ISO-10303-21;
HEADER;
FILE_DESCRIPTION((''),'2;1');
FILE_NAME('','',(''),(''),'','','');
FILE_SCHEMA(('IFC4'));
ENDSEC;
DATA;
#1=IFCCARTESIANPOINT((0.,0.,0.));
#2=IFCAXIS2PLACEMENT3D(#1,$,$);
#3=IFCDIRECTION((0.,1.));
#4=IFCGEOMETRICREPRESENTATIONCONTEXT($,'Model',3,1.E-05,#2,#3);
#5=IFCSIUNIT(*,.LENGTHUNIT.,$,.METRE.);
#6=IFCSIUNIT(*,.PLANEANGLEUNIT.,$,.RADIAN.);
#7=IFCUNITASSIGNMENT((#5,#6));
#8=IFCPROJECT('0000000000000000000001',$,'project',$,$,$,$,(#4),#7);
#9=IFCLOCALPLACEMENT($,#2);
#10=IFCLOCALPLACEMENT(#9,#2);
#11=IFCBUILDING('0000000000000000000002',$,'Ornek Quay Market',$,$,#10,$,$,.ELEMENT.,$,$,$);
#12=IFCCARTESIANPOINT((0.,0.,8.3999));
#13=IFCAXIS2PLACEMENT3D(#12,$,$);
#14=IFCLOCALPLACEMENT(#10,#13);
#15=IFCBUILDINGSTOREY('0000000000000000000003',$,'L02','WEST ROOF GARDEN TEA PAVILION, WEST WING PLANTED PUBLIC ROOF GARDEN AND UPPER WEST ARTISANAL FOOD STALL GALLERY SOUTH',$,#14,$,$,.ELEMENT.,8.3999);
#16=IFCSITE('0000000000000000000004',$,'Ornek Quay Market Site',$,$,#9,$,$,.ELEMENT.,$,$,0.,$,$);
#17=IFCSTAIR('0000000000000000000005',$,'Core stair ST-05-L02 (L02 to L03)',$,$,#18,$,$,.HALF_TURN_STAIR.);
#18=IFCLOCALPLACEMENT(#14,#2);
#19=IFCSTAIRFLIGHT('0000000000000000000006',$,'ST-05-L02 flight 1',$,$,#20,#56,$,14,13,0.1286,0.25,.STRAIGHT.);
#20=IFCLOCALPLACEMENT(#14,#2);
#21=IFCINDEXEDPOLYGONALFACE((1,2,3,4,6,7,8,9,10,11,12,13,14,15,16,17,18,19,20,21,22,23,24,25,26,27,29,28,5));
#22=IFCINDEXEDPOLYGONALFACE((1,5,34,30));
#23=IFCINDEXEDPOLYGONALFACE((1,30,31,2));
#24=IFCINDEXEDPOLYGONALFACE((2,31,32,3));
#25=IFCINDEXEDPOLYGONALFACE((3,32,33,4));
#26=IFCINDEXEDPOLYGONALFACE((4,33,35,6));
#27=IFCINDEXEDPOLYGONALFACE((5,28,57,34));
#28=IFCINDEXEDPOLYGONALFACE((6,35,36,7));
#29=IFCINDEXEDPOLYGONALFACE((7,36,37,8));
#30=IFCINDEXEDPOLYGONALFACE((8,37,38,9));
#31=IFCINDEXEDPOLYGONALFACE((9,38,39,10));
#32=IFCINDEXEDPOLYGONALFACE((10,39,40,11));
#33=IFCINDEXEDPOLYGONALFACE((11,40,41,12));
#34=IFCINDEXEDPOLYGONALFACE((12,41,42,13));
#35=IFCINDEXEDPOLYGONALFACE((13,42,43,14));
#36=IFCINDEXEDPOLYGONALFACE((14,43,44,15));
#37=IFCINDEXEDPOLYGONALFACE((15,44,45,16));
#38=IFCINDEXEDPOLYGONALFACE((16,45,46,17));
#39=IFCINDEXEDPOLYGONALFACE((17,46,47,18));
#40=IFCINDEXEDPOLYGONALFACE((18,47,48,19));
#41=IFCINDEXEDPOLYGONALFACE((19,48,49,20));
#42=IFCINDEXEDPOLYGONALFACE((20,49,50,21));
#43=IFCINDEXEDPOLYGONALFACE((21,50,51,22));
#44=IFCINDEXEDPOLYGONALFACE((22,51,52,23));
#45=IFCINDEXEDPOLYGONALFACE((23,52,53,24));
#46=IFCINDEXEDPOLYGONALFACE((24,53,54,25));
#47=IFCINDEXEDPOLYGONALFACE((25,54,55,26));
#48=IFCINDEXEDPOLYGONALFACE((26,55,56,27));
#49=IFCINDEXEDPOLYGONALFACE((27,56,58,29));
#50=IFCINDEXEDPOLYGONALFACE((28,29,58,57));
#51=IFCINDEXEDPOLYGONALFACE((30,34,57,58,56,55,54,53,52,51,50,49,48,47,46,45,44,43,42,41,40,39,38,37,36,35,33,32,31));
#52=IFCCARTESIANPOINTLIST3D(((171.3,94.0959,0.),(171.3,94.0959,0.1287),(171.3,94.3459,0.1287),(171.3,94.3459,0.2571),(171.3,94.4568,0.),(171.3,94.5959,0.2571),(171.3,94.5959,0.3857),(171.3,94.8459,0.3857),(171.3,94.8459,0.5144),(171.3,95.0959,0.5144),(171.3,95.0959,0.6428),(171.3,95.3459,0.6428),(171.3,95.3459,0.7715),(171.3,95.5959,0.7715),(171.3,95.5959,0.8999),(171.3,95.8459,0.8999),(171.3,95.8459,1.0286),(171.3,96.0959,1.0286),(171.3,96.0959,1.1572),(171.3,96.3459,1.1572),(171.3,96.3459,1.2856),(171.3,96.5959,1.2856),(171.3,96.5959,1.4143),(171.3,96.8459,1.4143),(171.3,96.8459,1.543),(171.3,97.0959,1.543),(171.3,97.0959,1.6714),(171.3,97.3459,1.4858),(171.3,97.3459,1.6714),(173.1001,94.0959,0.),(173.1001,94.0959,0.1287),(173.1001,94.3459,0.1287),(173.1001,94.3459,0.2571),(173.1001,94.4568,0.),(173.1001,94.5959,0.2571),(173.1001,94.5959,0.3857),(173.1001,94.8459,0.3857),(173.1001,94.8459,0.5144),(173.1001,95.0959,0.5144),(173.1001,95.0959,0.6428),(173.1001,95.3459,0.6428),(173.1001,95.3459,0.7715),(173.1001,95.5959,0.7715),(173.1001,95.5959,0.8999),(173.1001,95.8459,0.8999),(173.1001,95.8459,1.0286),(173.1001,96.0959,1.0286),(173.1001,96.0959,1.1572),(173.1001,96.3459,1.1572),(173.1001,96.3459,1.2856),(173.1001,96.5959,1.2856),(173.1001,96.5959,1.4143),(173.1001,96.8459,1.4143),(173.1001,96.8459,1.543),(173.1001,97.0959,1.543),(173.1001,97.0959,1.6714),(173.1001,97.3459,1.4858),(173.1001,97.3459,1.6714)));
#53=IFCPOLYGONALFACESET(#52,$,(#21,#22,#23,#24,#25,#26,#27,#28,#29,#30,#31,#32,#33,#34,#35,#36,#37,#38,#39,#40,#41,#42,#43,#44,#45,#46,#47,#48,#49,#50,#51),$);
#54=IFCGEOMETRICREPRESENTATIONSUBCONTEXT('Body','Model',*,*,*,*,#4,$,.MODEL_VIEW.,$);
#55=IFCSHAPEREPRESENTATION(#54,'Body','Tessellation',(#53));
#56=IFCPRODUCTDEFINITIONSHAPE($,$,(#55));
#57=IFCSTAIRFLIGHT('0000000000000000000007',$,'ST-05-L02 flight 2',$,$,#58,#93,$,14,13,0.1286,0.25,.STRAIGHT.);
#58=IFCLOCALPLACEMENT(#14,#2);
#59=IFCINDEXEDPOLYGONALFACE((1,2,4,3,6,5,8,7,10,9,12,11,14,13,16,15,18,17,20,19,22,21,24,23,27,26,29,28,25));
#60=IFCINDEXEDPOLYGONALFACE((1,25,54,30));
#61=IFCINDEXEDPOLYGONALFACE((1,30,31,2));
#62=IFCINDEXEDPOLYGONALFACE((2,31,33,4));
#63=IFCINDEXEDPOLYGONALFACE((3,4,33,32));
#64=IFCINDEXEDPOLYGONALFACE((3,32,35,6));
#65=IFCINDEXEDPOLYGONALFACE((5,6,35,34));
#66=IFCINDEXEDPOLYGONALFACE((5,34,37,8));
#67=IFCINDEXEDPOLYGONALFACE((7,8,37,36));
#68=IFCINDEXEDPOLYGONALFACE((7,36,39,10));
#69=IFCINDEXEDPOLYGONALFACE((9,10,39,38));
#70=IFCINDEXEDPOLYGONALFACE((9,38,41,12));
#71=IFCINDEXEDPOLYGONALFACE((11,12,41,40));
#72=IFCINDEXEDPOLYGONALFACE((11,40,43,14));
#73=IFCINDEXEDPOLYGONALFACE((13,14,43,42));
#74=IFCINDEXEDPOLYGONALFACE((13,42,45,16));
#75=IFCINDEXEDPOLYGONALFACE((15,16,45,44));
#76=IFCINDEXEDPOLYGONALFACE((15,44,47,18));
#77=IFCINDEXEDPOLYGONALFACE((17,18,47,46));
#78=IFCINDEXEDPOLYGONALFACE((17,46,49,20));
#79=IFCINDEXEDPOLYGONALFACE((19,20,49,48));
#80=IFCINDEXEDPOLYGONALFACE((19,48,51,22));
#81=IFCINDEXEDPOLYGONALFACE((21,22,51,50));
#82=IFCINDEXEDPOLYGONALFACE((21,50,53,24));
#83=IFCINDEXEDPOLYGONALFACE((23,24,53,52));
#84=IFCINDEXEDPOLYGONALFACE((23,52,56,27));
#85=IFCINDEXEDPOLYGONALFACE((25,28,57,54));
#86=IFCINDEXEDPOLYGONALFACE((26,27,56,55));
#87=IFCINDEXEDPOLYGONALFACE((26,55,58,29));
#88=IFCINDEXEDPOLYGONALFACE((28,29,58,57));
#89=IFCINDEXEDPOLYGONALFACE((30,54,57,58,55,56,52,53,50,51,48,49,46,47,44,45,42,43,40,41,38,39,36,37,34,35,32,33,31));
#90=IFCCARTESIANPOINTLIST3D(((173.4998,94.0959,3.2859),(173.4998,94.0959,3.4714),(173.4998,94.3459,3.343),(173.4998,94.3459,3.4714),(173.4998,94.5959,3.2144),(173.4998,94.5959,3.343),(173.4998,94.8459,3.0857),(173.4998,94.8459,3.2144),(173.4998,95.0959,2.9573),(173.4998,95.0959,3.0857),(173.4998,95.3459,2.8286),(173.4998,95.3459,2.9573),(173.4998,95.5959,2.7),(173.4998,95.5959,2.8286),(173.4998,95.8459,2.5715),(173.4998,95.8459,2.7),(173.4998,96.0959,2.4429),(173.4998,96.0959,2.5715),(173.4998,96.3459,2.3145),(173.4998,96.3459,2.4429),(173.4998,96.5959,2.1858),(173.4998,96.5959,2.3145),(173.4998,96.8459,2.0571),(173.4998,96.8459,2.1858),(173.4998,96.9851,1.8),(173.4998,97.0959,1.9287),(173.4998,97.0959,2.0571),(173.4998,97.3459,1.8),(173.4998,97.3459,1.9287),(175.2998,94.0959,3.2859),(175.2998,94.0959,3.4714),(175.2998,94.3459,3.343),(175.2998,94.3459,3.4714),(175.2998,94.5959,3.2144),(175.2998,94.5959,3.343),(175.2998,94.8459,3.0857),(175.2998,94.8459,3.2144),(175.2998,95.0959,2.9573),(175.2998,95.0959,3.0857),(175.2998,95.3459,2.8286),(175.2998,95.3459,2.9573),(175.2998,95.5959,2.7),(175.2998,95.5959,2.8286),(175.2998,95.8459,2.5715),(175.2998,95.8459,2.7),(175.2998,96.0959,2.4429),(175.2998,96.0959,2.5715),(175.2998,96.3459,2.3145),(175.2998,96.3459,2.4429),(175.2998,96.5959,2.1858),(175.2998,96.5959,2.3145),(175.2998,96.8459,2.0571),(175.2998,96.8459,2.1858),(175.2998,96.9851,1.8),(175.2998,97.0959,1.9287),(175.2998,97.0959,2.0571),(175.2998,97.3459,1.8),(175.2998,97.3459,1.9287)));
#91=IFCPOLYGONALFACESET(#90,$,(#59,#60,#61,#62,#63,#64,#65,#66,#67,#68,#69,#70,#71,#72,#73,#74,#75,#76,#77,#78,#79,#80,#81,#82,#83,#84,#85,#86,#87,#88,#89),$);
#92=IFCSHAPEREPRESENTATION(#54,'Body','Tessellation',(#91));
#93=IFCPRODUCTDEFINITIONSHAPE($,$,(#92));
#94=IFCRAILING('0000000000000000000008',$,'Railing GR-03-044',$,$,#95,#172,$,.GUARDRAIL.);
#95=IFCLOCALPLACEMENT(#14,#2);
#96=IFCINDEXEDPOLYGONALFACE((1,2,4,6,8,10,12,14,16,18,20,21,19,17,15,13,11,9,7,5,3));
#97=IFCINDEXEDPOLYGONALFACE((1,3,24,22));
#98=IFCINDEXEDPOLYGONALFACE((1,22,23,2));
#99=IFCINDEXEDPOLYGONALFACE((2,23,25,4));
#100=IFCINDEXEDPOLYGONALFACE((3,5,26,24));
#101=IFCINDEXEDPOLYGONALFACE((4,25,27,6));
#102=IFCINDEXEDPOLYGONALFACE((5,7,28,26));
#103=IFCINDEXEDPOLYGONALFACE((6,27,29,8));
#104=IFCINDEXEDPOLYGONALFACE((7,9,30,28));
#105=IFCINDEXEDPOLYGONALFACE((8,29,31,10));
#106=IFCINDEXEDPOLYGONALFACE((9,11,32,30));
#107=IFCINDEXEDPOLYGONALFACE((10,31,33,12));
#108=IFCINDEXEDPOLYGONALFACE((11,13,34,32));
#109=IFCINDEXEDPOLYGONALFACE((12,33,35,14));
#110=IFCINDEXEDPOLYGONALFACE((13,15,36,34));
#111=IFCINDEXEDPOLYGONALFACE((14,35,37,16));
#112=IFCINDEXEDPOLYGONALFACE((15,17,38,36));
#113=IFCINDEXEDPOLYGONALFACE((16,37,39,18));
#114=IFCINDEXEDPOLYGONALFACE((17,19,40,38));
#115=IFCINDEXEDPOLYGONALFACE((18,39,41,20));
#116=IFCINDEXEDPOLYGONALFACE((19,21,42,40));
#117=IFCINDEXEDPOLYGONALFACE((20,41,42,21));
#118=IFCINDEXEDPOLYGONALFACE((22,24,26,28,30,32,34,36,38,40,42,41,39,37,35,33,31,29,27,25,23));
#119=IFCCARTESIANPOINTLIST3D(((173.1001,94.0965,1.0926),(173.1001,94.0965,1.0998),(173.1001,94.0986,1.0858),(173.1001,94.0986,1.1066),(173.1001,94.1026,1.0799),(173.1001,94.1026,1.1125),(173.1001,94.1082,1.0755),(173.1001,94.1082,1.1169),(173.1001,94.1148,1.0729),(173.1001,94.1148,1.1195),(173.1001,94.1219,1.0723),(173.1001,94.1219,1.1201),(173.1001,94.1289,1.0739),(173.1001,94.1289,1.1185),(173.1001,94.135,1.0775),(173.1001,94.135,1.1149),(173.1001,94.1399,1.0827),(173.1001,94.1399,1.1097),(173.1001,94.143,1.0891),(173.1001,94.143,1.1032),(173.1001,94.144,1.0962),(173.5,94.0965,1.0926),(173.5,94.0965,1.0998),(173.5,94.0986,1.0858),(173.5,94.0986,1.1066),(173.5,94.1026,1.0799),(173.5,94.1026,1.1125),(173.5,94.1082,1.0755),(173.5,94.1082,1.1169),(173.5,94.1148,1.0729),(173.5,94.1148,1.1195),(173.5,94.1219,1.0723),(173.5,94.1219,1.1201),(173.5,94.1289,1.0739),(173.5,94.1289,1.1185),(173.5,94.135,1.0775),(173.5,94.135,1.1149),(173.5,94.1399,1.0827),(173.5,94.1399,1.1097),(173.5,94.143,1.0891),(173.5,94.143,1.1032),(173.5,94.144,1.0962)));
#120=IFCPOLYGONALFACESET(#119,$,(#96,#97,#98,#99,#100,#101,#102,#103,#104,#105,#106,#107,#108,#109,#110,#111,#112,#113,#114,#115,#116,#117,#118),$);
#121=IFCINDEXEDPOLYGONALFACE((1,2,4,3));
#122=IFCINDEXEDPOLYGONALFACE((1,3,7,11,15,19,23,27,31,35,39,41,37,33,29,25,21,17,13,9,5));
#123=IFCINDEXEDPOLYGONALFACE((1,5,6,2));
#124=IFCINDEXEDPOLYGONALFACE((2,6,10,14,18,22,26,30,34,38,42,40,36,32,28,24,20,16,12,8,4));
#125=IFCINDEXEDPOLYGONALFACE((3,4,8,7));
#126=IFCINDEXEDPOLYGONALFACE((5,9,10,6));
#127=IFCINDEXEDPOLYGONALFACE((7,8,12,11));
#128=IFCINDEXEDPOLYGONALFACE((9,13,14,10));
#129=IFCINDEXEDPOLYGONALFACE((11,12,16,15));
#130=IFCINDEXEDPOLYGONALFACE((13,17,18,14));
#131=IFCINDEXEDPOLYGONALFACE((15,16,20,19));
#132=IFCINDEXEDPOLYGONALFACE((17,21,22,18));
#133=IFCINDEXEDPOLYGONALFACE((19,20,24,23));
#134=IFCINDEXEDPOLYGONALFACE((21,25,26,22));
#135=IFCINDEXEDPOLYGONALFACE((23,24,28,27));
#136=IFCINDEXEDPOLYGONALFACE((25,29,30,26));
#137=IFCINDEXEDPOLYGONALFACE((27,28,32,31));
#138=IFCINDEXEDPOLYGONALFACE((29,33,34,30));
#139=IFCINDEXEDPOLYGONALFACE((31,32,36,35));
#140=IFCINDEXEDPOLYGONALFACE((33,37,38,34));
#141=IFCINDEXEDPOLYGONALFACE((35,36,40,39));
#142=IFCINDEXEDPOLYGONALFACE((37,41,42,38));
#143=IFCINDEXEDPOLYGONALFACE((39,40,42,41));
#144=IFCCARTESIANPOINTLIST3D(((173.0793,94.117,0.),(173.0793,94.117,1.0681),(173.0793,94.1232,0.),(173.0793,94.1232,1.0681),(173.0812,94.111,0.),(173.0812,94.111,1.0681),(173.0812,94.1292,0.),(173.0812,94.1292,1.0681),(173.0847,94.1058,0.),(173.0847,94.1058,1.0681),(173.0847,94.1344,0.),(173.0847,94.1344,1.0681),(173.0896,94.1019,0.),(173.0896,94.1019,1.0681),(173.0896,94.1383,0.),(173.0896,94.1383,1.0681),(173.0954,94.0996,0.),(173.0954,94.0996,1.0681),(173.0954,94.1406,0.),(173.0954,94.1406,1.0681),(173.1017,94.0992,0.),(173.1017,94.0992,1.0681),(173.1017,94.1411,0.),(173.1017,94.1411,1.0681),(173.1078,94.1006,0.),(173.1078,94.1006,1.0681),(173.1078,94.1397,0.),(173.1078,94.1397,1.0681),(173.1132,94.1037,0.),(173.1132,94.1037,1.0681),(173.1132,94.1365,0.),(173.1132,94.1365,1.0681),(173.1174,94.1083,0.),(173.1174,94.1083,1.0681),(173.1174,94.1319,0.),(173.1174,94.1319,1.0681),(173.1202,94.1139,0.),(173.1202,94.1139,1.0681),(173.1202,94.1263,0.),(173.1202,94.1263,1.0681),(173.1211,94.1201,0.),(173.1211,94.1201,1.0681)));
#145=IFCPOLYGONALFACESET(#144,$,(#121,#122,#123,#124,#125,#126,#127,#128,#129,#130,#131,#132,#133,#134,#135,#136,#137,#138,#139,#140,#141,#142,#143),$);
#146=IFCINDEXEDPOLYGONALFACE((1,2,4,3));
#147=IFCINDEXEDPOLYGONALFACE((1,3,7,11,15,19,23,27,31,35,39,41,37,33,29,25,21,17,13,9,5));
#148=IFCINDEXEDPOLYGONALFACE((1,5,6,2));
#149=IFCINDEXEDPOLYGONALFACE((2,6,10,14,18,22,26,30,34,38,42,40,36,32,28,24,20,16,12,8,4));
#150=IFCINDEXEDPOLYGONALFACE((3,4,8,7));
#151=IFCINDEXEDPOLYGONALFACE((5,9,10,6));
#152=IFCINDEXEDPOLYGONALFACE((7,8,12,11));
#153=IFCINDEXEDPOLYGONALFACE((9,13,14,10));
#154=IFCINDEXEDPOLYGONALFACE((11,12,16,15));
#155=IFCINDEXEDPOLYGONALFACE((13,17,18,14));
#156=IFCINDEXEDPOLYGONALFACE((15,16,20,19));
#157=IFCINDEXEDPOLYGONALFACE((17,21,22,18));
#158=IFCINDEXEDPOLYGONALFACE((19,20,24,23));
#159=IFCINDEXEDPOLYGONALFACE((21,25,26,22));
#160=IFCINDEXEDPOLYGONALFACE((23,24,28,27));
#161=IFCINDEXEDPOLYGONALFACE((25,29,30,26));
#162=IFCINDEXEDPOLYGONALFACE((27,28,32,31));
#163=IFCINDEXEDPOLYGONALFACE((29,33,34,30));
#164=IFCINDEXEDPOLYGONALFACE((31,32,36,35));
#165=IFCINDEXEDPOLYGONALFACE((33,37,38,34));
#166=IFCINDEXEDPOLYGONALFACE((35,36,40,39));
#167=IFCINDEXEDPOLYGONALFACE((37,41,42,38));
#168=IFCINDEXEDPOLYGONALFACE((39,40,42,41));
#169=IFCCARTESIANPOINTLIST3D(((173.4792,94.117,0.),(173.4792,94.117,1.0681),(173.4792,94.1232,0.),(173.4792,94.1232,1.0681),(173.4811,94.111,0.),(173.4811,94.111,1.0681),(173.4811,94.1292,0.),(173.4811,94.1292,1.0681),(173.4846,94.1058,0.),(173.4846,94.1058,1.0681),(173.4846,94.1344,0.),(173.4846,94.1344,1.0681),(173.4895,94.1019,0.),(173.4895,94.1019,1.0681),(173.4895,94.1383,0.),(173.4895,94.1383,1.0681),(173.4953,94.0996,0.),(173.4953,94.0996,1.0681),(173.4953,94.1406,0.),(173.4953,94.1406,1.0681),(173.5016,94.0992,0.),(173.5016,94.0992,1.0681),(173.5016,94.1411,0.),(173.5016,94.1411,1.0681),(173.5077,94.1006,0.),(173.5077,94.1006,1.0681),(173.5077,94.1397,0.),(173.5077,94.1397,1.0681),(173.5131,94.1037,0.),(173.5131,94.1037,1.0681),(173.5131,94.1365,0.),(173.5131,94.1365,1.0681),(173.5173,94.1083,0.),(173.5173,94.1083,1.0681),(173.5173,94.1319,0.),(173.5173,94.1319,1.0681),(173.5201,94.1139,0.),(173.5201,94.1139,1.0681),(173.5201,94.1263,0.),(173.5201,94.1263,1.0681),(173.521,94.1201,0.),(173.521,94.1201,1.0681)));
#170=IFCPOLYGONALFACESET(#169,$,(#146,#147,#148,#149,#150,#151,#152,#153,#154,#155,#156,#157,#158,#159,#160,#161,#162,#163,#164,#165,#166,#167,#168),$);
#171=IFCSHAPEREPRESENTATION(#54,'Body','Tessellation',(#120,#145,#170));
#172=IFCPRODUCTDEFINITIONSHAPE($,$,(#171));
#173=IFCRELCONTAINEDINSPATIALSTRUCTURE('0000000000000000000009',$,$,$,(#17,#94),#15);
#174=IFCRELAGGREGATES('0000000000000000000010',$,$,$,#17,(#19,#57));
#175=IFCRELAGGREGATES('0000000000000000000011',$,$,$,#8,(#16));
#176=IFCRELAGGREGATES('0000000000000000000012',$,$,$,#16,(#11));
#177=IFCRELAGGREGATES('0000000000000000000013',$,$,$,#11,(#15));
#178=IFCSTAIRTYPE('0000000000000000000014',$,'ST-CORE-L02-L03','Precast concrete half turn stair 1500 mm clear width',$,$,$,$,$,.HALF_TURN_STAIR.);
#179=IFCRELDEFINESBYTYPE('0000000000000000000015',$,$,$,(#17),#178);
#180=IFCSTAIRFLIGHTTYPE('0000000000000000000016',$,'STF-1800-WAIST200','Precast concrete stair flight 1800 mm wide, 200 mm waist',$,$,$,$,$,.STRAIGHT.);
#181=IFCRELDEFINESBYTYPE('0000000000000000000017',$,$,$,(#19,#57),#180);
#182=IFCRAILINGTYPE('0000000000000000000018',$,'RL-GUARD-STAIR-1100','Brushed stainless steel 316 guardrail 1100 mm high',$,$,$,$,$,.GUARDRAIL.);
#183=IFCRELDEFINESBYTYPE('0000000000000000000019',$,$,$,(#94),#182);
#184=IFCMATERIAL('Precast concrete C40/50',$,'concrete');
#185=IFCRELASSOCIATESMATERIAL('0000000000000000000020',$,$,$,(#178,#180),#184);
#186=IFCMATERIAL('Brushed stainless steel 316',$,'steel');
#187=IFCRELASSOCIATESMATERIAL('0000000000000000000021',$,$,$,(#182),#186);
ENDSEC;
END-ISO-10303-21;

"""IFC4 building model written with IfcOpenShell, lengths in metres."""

from ifc_helpers import new_model, si_unit, direction, frame, origin, origin_2d, place, context, subcontext, project, spatial, polyline, circle, outline, extrude, material, type_object, element, aggregate, save


model = new_model("IFC4")

# Units and contexts
model_context = context("Model", 3, precision=1e-05, world=origin(), true_north=direction((0.0, 1.0)))
body_context = subcontext(model_context, "Body", "Model", "MODEL_VIEW")
ifc_project = project(units=[si_unit("LENGTHUNIT", "METRE"), si_unit("PLANEANGLEUNIT", "RADIAN")], contexts=[model_context])

# Site, building, storey
site_placement = place(None, origin())
site = spatial("IfcSite", under=ifc_project, at=site_placement, Name="Ornek Quay Market Site", CompositionType="ELEMENT", RefElevation=0.0)
building_placement = place(site_placement, origin())
building = spatial("IfcBuilding", under=site, at=building_placement, Name="Ornek Quay Market", CompositionType="ELEMENT")
storey_placement = place(building_placement, frame((0.0, 0.0, 8.3999)))
storey = spatial("IfcBuildingStorey", under=building, at=storey_placement, Name="L02", Description="WEST ROOF GARDEN TEA PAVILION, WEST WING PLANTED PUBLIC ROOF GARDEN AND UPPER WEST ARTISANAL FOOD STALL GALLERY SOUTH", CompositionType="ELEMENT", Elevation=8.3999)

# Stair, stair flights
ifc_material_1 = material(Name="Precast concrete C40/50", Category="concrete")
stair_type = type_object("IfcStairType", Name="ST-CORE-L02-L03", Description="Precast concrete half turn stair 1500 mm clear width", PredefinedType="HALF_TURN_STAIR", material=ifc_material_1)
stair_placement = place(storey_placement, origin())
stair = element("IfcStair", 1, at=stair_placement, inside=storey, type_object=stair_type, Name="Core stair ST-05-L02 (L02 to L03)", PredefinedType="HALF_TURN_STAIR")
stair_flight_type = type_object("IfcStairFlightType", Name="STF-1800-WAIST200", Description="Precast concrete stair flight 1800 mm wide, 200 mm waist", PredefinedType="STRAIGHT", material=ifc_material_1)
stair_flight_1_placement = place(storey_placement, frame((172.2, 94.0959, 0.0), z_axis=(0.0, 0.0, 1.0), x_axis=(0.0, 1.0, 0.0)))
stair_flight_1 = element("IfcStairFlight", 2, at=stair_flight_1_placement, type_object=stair_flight_type, Name="ST-05-L02 flight 1", NumberOfRisers=14, NumberOfTreads=13, PredefinedType="STRAIGHT", RiserHeight=0.1286, TreadLength=0.25, context=body_context, shape_type="SweptSolid", body=[
    extrude(outline(polyline([(0.0, 0.0), (0.0, 0.1287), (0.25, 0.1287), (0.25, 0.2571), (0.5, 0.2571), (0.5, 0.3857), (0.75, 0.3857), (0.75, 0.5144), (1.0, 0.5144), (1.0, 0.6428), (1.25, 0.6428), (1.25, 0.7715), (1.5, 0.7715), (1.5, 0.8999), (1.75, 0.8999), (1.75, 1.0286), (2.0, 1.0286), (2.0, 1.1572), (2.25, 1.1572), (2.25, 1.2856), (2.5, 1.2856), (2.5, 1.4143), (2.75, 1.4143), (2.75, 1.543), (3.0, 1.543), (3.0, 1.6714), (3.25, 1.6714), (3.25, 1.8), (3.25, 1.4858), (0.3608, 0.0), (0.0, 0.0)])), frame((0.0, 0.8999, 0.0), z_axis=(0.0, -1.0, 0.0), x_axis=(1.0, 0.0, 0.0)), (0.0, 0.0, 1.0), 1.8),
])
stair_flight_2_placement = place(storey_placement, frame((174.3999, 97.3459, 1.8), z_axis=(0.0, 0.0, 1.0), x_axis=(0.0, -1.0, 0.0)))
stair_flight_2 = element("IfcStairFlight", 3, at=stair_flight_2_placement, type_object=stair_flight_type, Name="ST-05-L02 flight 2", NumberOfRisers=14, NumberOfTreads=13, PredefinedType="STRAIGHT", RiserHeight=0.1286, TreadLength=0.25, context=body_context, shape_type="SweptSolid", body=[
    extrude(outline(polyline([(0.0, 0.0), (0.0, 0.1287), (0.25, 0.1287), (0.25, 0.2571), (0.5, 0.2571), (0.5, 0.3857), (0.75, 0.3857), (0.75, 0.5144), (1.0, 0.5144), (1.0, 0.6428), (1.25, 0.6428), (1.25, 0.7715), (1.5, 0.7715), (1.5, 0.8999), (1.75, 0.8999), (1.75, 1.0286), (2.0, 1.0286), (2.0, 1.1572), (2.25, 1.1572), (2.25, 1.2856), (2.5, 1.2856), (2.5, 1.4143), (2.75, 1.4143), (2.75, 1.543), (3.0, 1.543), (3.0, 1.6714), (3.25, 1.6714), (3.25, 1.8), (3.25, 1.4858), (0.3608, 0.0), (0.0, 0.0)])), frame((0.0, 0.8999, 0.0), z_axis=(0.0, -1.0, 0.0), x_axis=(1.0, 0.0, 0.0)), (0.0, 0.0, 1.0), 1.8),
])
aggregate(stair, [stair_flight_1, stair_flight_2])

# Railing
ifc_material_2 = material(Name="Brushed stainless steel 316", Category="steel")
railing_type_1 = type_object("IfcRailingType", Name="RL-GUARD-STAIR-1100", Description="Brushed stainless steel 316 guardrail 1100 mm high", PredefinedType="GUARDRAIL", material=ifc_material_2)
railing_1_placement = place(storey_placement, frame((173.1001, 94.1201, 0.0)))
element("IfcRailing", 4, at=railing_1_placement, inside=storey, type_object=railing_type_1, Name="Railing GR-03-044", PredefinedType="GUARDRAIL", context=body_context, shape_type="SweptSolid", body=[
    extrude(circle(Radius=0.0239, at=origin_2d()), frame((0.0, 0.0, 1.0962), z_axis=(1.0, 0.0, 0.0), x_axis=(0.0, 1.0, 0.0)), (0.0, 0.0, 1.0), 0.3999),
    extrude(circle(Radius=0.021, at=origin_2d()), origin(), (0.0, 0.0, 1.0), 1.0681),
    extrude(circle(Radius=0.021, at=origin_2d()), frame((0.3999, 0.0, 0.0)), (0.0, 0.0, 1.0), 1.0681),
])

save(model, "model.ifc")
